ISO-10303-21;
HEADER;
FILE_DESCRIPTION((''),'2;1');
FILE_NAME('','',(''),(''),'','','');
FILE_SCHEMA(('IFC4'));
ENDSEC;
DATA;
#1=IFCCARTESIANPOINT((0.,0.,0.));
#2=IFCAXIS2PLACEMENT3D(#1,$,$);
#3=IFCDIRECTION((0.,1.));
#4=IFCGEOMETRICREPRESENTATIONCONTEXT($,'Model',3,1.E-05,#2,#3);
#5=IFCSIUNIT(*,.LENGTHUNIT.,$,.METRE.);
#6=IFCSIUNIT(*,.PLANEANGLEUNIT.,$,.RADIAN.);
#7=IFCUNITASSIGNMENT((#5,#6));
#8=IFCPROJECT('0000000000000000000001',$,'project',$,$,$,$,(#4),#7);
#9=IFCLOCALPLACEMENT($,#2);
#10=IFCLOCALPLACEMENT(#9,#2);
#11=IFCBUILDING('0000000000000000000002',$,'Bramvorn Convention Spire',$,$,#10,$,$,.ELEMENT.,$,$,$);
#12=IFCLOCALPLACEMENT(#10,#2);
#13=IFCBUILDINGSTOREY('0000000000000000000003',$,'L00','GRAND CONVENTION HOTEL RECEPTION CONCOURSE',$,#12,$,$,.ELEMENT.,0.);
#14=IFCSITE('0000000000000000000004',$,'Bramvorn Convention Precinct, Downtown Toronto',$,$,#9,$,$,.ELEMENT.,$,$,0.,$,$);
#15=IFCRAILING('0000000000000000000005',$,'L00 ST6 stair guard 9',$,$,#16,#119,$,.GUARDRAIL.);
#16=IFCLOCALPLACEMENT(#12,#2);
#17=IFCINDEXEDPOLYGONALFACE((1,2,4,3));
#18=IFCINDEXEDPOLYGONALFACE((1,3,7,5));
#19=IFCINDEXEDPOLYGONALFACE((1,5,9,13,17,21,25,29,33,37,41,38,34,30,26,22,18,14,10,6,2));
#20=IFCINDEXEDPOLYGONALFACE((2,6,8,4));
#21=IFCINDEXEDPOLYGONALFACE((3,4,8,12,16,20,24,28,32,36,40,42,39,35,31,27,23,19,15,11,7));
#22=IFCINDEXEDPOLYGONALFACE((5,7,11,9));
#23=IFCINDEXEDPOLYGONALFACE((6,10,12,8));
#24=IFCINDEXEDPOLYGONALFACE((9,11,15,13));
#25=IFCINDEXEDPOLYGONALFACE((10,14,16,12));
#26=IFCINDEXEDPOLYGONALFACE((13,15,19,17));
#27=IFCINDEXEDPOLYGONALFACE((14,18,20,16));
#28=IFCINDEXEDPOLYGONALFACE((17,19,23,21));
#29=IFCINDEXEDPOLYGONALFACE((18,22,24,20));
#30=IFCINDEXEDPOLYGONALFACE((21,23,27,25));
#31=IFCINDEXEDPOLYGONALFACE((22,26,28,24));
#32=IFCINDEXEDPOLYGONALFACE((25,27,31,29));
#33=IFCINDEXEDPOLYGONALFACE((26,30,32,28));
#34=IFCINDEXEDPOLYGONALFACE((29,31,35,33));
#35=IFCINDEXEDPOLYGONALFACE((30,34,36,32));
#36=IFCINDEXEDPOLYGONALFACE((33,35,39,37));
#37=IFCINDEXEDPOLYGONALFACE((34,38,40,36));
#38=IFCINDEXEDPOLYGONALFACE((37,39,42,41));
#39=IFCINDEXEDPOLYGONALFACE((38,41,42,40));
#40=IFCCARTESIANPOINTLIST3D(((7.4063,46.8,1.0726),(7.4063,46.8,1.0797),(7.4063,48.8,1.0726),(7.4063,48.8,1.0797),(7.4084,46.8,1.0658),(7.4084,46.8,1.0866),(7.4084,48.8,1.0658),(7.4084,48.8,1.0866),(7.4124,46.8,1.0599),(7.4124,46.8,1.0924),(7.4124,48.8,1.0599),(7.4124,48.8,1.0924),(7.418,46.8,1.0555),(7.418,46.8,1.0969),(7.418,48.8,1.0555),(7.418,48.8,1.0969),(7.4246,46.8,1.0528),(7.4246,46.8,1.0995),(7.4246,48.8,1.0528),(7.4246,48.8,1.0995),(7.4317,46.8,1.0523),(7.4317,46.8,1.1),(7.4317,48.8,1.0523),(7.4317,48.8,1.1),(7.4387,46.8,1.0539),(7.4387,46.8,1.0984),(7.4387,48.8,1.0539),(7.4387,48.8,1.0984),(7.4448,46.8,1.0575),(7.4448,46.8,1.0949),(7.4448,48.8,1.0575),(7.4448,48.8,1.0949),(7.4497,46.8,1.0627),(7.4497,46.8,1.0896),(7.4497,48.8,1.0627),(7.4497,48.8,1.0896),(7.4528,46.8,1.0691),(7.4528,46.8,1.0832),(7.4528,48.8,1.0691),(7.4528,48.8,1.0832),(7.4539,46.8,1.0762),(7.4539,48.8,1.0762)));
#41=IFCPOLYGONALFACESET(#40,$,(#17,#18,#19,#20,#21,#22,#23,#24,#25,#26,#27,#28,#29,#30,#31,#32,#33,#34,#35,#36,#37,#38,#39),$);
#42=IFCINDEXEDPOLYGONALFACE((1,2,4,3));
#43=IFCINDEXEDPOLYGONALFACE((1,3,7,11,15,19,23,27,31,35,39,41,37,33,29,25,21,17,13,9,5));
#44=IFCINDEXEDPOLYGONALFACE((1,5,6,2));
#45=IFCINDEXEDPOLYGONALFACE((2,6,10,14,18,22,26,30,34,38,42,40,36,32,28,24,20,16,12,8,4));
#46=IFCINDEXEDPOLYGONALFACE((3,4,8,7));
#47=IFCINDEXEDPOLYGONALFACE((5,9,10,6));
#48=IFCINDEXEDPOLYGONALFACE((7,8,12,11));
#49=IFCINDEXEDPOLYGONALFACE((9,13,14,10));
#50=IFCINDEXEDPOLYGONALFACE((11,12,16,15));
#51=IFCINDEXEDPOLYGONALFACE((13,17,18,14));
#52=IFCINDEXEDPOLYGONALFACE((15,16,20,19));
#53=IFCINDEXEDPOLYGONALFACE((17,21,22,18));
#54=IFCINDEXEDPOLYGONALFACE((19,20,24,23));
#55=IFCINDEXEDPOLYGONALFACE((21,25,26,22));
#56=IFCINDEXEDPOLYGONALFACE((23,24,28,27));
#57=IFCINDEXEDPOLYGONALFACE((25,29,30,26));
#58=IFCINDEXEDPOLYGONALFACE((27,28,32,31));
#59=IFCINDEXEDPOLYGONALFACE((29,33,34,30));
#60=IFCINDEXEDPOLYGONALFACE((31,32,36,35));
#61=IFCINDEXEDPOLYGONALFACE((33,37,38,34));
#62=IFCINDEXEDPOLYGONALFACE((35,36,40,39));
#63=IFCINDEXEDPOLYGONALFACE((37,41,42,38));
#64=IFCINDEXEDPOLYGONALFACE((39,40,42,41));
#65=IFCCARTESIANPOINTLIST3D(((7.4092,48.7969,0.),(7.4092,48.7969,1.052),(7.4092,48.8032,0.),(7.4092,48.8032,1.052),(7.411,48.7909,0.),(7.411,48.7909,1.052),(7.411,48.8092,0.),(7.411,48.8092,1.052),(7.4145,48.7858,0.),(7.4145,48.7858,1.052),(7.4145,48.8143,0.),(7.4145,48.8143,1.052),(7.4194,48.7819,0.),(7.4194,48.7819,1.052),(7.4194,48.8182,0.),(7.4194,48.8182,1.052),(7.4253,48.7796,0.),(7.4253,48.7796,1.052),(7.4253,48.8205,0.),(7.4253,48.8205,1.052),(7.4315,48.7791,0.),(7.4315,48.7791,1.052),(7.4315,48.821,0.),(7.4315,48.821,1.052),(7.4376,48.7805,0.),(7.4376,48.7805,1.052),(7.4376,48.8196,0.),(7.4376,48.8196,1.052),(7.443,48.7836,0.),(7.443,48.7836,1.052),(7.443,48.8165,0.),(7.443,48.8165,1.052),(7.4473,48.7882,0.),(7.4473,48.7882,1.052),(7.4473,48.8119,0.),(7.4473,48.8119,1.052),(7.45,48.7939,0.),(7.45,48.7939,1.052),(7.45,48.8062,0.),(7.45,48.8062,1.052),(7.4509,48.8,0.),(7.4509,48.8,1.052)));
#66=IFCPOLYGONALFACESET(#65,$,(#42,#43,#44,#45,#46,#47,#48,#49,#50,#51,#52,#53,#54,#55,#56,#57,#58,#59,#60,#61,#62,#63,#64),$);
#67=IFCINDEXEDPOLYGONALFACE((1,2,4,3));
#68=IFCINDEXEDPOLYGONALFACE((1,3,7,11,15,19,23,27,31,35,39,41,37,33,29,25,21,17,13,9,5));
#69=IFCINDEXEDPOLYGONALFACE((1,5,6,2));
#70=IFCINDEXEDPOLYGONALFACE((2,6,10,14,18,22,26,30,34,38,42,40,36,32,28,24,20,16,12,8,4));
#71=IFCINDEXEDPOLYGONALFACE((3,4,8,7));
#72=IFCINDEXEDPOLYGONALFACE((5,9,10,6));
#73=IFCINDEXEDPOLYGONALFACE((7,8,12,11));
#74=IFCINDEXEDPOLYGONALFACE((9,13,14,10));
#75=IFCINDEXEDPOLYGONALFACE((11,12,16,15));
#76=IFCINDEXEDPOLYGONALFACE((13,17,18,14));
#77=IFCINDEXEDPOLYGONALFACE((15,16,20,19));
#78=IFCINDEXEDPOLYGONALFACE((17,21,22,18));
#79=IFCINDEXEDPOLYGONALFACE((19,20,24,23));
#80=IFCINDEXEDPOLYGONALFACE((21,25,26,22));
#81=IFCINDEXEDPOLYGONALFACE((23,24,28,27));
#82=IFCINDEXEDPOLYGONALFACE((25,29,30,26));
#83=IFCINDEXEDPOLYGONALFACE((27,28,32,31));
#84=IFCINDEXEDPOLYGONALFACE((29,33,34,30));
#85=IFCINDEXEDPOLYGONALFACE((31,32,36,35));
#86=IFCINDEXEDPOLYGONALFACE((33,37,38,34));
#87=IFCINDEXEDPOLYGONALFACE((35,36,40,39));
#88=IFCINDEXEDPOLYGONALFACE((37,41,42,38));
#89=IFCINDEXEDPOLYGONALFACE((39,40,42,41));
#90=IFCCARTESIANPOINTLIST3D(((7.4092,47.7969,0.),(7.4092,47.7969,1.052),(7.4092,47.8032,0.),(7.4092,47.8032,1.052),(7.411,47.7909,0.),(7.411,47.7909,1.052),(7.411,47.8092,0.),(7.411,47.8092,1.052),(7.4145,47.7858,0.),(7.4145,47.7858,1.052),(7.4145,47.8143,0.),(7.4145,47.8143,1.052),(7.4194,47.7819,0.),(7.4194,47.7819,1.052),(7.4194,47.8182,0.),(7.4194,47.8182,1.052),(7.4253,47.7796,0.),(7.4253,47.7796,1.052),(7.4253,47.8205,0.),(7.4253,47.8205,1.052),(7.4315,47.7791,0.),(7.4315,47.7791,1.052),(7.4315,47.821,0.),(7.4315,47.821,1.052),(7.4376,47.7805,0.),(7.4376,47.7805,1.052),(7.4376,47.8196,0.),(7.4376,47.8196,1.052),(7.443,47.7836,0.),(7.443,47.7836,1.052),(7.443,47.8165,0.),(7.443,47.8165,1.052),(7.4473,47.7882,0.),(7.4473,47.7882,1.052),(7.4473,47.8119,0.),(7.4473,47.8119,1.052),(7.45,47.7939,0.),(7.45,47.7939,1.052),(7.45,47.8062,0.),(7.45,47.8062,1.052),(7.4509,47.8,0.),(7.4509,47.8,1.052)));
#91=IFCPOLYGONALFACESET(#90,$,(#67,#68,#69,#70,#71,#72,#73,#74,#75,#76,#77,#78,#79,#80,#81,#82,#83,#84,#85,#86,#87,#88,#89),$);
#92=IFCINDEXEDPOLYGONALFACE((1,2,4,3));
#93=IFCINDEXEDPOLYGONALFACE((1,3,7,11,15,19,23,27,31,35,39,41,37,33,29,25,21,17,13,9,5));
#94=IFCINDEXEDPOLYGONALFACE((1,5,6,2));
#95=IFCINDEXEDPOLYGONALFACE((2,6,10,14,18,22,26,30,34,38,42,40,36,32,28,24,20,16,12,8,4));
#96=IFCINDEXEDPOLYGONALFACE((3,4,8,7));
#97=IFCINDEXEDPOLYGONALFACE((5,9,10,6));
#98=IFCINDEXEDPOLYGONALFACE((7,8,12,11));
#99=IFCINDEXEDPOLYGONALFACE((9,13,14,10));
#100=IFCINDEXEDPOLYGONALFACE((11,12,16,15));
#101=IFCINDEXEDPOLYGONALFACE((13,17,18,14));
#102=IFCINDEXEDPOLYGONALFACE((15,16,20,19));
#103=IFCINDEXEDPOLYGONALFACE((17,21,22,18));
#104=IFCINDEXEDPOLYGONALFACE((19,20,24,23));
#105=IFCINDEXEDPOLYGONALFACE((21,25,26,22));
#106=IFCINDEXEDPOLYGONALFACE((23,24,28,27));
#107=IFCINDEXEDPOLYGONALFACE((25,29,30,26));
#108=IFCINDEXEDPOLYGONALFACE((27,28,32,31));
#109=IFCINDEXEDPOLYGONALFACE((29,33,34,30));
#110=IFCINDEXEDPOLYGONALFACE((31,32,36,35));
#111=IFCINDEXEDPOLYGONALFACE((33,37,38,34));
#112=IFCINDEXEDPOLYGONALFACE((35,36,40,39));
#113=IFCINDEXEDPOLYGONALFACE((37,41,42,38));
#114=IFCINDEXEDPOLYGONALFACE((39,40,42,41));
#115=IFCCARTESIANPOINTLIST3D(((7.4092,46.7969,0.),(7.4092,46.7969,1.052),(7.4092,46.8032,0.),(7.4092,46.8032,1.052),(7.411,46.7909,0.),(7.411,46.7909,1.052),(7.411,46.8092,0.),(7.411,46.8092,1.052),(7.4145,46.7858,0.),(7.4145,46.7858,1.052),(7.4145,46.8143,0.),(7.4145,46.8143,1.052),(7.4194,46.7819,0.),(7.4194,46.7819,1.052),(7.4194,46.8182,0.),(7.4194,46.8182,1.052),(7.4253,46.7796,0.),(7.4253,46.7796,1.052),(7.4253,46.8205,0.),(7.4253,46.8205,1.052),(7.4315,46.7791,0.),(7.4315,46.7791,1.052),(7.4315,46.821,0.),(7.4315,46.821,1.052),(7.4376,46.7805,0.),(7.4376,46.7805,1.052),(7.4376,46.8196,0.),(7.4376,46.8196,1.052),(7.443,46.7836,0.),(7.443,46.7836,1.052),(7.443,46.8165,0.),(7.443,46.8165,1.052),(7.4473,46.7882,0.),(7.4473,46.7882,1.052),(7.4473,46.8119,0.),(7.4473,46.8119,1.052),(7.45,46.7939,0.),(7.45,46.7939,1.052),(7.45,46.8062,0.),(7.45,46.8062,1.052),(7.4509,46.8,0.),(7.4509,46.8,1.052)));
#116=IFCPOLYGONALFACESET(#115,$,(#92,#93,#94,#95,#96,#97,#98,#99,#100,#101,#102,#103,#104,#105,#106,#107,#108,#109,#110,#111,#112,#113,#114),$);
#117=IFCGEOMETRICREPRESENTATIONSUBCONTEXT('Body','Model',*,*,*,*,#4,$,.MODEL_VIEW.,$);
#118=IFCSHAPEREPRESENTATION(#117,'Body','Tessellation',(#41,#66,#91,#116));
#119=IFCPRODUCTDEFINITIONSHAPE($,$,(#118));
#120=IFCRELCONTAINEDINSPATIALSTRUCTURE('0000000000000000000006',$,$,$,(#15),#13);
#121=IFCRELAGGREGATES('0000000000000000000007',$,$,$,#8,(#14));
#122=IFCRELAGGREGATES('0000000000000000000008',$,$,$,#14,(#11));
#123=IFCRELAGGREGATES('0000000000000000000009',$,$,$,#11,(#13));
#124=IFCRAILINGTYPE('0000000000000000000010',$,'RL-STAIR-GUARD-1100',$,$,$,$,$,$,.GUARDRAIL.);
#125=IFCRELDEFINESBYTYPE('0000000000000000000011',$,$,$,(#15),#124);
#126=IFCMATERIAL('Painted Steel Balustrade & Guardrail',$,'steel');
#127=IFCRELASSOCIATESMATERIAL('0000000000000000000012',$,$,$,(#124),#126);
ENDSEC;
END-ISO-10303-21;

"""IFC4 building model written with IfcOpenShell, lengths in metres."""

from ifc_helpers import new_model, si_unit, direction, frame, origin, origin_2d, place, context, subcontext, project, spatial, circle, extrude, material, type_object, element, save


model = new_model("IFC4")

# Units and contexts
model_context = context("Model", 3, precision=1e-05, world=origin(), true_north=direction((0.0, 1.0)))
body_context = subcontext(model_context, "Body", "Model", "MODEL_VIEW")
ifc_project = project(units=[si_unit("LENGTHUNIT", "METRE"), si_unit("PLANEANGLEUNIT", "RADIAN")], contexts=[model_context])

# Site, building, storey
site_placement = place(None, origin())
site = spatial("IfcSite", under=ifc_project, at=site_placement, Name="Bramvorn Convention Precinct, Downtown Toronto", CompositionType="ELEMENT", RefElevation=0.0)
building_placement = place(site_placement, origin())
building = spatial("IfcBuilding", under=site, at=building_placement, Name="Bramvorn Convention Spire", CompositionType="ELEMENT")
storey_placement = place(building_placement, origin())
storey = spatial("IfcBuildingStorey", under=building, at=storey_placement, Name="L00", Description="GRAND CONVENTION HOTEL RECEPTION CONCOURSE", CompositionType="ELEMENT", Elevation=0.0)

# Railing
ifc_material_1 = material(Name="Painted Steel Balustrade & Guardrail", Category="steel")
railing_type_1 = type_object("IfcRailingType", Name="RL-STAIR-GUARD-1100", PredefinedType="GUARDRAIL", material=ifc_material_1)
for number, where, name in (
    (1, (7.4299, 48.8, 0.0), "L00 ST6 stair guard 9"),
):
    element("IfcRailing", number, at=place(storey_placement, frame(where)), inside=storey, type_object=railing_type_1, Name=name, PredefinedType="GUARDRAIL", context=body_context, shape_type="SweptSolid", body=[
        extrude(circle(Radius=0.0239, at=origin_2d()), frame((0.0, 0.0, 1.0762), z_axis=(0.0, -1.0, 0.0), x_axis=(1.0, 0.0, 0.0)), (0.0, 0.0, 1.0), 2.0),
        extrude(circle(Radius=0.021, at=origin_2d()), origin(), (0.0, 0.0, 1.0), 1.052),
        extrude(circle(Radius=0.021, at=origin_2d()), frame((0.0, -1.0, 0.0)), (0.0, 0.0, 1.0), 1.052),
        extrude(circle(Radius=0.021, at=origin_2d()), frame((0.0, -2.0, 0.0)), (0.0, 0.0, 1.0), 1.052),
    ])

save(model, "model.ifc")
